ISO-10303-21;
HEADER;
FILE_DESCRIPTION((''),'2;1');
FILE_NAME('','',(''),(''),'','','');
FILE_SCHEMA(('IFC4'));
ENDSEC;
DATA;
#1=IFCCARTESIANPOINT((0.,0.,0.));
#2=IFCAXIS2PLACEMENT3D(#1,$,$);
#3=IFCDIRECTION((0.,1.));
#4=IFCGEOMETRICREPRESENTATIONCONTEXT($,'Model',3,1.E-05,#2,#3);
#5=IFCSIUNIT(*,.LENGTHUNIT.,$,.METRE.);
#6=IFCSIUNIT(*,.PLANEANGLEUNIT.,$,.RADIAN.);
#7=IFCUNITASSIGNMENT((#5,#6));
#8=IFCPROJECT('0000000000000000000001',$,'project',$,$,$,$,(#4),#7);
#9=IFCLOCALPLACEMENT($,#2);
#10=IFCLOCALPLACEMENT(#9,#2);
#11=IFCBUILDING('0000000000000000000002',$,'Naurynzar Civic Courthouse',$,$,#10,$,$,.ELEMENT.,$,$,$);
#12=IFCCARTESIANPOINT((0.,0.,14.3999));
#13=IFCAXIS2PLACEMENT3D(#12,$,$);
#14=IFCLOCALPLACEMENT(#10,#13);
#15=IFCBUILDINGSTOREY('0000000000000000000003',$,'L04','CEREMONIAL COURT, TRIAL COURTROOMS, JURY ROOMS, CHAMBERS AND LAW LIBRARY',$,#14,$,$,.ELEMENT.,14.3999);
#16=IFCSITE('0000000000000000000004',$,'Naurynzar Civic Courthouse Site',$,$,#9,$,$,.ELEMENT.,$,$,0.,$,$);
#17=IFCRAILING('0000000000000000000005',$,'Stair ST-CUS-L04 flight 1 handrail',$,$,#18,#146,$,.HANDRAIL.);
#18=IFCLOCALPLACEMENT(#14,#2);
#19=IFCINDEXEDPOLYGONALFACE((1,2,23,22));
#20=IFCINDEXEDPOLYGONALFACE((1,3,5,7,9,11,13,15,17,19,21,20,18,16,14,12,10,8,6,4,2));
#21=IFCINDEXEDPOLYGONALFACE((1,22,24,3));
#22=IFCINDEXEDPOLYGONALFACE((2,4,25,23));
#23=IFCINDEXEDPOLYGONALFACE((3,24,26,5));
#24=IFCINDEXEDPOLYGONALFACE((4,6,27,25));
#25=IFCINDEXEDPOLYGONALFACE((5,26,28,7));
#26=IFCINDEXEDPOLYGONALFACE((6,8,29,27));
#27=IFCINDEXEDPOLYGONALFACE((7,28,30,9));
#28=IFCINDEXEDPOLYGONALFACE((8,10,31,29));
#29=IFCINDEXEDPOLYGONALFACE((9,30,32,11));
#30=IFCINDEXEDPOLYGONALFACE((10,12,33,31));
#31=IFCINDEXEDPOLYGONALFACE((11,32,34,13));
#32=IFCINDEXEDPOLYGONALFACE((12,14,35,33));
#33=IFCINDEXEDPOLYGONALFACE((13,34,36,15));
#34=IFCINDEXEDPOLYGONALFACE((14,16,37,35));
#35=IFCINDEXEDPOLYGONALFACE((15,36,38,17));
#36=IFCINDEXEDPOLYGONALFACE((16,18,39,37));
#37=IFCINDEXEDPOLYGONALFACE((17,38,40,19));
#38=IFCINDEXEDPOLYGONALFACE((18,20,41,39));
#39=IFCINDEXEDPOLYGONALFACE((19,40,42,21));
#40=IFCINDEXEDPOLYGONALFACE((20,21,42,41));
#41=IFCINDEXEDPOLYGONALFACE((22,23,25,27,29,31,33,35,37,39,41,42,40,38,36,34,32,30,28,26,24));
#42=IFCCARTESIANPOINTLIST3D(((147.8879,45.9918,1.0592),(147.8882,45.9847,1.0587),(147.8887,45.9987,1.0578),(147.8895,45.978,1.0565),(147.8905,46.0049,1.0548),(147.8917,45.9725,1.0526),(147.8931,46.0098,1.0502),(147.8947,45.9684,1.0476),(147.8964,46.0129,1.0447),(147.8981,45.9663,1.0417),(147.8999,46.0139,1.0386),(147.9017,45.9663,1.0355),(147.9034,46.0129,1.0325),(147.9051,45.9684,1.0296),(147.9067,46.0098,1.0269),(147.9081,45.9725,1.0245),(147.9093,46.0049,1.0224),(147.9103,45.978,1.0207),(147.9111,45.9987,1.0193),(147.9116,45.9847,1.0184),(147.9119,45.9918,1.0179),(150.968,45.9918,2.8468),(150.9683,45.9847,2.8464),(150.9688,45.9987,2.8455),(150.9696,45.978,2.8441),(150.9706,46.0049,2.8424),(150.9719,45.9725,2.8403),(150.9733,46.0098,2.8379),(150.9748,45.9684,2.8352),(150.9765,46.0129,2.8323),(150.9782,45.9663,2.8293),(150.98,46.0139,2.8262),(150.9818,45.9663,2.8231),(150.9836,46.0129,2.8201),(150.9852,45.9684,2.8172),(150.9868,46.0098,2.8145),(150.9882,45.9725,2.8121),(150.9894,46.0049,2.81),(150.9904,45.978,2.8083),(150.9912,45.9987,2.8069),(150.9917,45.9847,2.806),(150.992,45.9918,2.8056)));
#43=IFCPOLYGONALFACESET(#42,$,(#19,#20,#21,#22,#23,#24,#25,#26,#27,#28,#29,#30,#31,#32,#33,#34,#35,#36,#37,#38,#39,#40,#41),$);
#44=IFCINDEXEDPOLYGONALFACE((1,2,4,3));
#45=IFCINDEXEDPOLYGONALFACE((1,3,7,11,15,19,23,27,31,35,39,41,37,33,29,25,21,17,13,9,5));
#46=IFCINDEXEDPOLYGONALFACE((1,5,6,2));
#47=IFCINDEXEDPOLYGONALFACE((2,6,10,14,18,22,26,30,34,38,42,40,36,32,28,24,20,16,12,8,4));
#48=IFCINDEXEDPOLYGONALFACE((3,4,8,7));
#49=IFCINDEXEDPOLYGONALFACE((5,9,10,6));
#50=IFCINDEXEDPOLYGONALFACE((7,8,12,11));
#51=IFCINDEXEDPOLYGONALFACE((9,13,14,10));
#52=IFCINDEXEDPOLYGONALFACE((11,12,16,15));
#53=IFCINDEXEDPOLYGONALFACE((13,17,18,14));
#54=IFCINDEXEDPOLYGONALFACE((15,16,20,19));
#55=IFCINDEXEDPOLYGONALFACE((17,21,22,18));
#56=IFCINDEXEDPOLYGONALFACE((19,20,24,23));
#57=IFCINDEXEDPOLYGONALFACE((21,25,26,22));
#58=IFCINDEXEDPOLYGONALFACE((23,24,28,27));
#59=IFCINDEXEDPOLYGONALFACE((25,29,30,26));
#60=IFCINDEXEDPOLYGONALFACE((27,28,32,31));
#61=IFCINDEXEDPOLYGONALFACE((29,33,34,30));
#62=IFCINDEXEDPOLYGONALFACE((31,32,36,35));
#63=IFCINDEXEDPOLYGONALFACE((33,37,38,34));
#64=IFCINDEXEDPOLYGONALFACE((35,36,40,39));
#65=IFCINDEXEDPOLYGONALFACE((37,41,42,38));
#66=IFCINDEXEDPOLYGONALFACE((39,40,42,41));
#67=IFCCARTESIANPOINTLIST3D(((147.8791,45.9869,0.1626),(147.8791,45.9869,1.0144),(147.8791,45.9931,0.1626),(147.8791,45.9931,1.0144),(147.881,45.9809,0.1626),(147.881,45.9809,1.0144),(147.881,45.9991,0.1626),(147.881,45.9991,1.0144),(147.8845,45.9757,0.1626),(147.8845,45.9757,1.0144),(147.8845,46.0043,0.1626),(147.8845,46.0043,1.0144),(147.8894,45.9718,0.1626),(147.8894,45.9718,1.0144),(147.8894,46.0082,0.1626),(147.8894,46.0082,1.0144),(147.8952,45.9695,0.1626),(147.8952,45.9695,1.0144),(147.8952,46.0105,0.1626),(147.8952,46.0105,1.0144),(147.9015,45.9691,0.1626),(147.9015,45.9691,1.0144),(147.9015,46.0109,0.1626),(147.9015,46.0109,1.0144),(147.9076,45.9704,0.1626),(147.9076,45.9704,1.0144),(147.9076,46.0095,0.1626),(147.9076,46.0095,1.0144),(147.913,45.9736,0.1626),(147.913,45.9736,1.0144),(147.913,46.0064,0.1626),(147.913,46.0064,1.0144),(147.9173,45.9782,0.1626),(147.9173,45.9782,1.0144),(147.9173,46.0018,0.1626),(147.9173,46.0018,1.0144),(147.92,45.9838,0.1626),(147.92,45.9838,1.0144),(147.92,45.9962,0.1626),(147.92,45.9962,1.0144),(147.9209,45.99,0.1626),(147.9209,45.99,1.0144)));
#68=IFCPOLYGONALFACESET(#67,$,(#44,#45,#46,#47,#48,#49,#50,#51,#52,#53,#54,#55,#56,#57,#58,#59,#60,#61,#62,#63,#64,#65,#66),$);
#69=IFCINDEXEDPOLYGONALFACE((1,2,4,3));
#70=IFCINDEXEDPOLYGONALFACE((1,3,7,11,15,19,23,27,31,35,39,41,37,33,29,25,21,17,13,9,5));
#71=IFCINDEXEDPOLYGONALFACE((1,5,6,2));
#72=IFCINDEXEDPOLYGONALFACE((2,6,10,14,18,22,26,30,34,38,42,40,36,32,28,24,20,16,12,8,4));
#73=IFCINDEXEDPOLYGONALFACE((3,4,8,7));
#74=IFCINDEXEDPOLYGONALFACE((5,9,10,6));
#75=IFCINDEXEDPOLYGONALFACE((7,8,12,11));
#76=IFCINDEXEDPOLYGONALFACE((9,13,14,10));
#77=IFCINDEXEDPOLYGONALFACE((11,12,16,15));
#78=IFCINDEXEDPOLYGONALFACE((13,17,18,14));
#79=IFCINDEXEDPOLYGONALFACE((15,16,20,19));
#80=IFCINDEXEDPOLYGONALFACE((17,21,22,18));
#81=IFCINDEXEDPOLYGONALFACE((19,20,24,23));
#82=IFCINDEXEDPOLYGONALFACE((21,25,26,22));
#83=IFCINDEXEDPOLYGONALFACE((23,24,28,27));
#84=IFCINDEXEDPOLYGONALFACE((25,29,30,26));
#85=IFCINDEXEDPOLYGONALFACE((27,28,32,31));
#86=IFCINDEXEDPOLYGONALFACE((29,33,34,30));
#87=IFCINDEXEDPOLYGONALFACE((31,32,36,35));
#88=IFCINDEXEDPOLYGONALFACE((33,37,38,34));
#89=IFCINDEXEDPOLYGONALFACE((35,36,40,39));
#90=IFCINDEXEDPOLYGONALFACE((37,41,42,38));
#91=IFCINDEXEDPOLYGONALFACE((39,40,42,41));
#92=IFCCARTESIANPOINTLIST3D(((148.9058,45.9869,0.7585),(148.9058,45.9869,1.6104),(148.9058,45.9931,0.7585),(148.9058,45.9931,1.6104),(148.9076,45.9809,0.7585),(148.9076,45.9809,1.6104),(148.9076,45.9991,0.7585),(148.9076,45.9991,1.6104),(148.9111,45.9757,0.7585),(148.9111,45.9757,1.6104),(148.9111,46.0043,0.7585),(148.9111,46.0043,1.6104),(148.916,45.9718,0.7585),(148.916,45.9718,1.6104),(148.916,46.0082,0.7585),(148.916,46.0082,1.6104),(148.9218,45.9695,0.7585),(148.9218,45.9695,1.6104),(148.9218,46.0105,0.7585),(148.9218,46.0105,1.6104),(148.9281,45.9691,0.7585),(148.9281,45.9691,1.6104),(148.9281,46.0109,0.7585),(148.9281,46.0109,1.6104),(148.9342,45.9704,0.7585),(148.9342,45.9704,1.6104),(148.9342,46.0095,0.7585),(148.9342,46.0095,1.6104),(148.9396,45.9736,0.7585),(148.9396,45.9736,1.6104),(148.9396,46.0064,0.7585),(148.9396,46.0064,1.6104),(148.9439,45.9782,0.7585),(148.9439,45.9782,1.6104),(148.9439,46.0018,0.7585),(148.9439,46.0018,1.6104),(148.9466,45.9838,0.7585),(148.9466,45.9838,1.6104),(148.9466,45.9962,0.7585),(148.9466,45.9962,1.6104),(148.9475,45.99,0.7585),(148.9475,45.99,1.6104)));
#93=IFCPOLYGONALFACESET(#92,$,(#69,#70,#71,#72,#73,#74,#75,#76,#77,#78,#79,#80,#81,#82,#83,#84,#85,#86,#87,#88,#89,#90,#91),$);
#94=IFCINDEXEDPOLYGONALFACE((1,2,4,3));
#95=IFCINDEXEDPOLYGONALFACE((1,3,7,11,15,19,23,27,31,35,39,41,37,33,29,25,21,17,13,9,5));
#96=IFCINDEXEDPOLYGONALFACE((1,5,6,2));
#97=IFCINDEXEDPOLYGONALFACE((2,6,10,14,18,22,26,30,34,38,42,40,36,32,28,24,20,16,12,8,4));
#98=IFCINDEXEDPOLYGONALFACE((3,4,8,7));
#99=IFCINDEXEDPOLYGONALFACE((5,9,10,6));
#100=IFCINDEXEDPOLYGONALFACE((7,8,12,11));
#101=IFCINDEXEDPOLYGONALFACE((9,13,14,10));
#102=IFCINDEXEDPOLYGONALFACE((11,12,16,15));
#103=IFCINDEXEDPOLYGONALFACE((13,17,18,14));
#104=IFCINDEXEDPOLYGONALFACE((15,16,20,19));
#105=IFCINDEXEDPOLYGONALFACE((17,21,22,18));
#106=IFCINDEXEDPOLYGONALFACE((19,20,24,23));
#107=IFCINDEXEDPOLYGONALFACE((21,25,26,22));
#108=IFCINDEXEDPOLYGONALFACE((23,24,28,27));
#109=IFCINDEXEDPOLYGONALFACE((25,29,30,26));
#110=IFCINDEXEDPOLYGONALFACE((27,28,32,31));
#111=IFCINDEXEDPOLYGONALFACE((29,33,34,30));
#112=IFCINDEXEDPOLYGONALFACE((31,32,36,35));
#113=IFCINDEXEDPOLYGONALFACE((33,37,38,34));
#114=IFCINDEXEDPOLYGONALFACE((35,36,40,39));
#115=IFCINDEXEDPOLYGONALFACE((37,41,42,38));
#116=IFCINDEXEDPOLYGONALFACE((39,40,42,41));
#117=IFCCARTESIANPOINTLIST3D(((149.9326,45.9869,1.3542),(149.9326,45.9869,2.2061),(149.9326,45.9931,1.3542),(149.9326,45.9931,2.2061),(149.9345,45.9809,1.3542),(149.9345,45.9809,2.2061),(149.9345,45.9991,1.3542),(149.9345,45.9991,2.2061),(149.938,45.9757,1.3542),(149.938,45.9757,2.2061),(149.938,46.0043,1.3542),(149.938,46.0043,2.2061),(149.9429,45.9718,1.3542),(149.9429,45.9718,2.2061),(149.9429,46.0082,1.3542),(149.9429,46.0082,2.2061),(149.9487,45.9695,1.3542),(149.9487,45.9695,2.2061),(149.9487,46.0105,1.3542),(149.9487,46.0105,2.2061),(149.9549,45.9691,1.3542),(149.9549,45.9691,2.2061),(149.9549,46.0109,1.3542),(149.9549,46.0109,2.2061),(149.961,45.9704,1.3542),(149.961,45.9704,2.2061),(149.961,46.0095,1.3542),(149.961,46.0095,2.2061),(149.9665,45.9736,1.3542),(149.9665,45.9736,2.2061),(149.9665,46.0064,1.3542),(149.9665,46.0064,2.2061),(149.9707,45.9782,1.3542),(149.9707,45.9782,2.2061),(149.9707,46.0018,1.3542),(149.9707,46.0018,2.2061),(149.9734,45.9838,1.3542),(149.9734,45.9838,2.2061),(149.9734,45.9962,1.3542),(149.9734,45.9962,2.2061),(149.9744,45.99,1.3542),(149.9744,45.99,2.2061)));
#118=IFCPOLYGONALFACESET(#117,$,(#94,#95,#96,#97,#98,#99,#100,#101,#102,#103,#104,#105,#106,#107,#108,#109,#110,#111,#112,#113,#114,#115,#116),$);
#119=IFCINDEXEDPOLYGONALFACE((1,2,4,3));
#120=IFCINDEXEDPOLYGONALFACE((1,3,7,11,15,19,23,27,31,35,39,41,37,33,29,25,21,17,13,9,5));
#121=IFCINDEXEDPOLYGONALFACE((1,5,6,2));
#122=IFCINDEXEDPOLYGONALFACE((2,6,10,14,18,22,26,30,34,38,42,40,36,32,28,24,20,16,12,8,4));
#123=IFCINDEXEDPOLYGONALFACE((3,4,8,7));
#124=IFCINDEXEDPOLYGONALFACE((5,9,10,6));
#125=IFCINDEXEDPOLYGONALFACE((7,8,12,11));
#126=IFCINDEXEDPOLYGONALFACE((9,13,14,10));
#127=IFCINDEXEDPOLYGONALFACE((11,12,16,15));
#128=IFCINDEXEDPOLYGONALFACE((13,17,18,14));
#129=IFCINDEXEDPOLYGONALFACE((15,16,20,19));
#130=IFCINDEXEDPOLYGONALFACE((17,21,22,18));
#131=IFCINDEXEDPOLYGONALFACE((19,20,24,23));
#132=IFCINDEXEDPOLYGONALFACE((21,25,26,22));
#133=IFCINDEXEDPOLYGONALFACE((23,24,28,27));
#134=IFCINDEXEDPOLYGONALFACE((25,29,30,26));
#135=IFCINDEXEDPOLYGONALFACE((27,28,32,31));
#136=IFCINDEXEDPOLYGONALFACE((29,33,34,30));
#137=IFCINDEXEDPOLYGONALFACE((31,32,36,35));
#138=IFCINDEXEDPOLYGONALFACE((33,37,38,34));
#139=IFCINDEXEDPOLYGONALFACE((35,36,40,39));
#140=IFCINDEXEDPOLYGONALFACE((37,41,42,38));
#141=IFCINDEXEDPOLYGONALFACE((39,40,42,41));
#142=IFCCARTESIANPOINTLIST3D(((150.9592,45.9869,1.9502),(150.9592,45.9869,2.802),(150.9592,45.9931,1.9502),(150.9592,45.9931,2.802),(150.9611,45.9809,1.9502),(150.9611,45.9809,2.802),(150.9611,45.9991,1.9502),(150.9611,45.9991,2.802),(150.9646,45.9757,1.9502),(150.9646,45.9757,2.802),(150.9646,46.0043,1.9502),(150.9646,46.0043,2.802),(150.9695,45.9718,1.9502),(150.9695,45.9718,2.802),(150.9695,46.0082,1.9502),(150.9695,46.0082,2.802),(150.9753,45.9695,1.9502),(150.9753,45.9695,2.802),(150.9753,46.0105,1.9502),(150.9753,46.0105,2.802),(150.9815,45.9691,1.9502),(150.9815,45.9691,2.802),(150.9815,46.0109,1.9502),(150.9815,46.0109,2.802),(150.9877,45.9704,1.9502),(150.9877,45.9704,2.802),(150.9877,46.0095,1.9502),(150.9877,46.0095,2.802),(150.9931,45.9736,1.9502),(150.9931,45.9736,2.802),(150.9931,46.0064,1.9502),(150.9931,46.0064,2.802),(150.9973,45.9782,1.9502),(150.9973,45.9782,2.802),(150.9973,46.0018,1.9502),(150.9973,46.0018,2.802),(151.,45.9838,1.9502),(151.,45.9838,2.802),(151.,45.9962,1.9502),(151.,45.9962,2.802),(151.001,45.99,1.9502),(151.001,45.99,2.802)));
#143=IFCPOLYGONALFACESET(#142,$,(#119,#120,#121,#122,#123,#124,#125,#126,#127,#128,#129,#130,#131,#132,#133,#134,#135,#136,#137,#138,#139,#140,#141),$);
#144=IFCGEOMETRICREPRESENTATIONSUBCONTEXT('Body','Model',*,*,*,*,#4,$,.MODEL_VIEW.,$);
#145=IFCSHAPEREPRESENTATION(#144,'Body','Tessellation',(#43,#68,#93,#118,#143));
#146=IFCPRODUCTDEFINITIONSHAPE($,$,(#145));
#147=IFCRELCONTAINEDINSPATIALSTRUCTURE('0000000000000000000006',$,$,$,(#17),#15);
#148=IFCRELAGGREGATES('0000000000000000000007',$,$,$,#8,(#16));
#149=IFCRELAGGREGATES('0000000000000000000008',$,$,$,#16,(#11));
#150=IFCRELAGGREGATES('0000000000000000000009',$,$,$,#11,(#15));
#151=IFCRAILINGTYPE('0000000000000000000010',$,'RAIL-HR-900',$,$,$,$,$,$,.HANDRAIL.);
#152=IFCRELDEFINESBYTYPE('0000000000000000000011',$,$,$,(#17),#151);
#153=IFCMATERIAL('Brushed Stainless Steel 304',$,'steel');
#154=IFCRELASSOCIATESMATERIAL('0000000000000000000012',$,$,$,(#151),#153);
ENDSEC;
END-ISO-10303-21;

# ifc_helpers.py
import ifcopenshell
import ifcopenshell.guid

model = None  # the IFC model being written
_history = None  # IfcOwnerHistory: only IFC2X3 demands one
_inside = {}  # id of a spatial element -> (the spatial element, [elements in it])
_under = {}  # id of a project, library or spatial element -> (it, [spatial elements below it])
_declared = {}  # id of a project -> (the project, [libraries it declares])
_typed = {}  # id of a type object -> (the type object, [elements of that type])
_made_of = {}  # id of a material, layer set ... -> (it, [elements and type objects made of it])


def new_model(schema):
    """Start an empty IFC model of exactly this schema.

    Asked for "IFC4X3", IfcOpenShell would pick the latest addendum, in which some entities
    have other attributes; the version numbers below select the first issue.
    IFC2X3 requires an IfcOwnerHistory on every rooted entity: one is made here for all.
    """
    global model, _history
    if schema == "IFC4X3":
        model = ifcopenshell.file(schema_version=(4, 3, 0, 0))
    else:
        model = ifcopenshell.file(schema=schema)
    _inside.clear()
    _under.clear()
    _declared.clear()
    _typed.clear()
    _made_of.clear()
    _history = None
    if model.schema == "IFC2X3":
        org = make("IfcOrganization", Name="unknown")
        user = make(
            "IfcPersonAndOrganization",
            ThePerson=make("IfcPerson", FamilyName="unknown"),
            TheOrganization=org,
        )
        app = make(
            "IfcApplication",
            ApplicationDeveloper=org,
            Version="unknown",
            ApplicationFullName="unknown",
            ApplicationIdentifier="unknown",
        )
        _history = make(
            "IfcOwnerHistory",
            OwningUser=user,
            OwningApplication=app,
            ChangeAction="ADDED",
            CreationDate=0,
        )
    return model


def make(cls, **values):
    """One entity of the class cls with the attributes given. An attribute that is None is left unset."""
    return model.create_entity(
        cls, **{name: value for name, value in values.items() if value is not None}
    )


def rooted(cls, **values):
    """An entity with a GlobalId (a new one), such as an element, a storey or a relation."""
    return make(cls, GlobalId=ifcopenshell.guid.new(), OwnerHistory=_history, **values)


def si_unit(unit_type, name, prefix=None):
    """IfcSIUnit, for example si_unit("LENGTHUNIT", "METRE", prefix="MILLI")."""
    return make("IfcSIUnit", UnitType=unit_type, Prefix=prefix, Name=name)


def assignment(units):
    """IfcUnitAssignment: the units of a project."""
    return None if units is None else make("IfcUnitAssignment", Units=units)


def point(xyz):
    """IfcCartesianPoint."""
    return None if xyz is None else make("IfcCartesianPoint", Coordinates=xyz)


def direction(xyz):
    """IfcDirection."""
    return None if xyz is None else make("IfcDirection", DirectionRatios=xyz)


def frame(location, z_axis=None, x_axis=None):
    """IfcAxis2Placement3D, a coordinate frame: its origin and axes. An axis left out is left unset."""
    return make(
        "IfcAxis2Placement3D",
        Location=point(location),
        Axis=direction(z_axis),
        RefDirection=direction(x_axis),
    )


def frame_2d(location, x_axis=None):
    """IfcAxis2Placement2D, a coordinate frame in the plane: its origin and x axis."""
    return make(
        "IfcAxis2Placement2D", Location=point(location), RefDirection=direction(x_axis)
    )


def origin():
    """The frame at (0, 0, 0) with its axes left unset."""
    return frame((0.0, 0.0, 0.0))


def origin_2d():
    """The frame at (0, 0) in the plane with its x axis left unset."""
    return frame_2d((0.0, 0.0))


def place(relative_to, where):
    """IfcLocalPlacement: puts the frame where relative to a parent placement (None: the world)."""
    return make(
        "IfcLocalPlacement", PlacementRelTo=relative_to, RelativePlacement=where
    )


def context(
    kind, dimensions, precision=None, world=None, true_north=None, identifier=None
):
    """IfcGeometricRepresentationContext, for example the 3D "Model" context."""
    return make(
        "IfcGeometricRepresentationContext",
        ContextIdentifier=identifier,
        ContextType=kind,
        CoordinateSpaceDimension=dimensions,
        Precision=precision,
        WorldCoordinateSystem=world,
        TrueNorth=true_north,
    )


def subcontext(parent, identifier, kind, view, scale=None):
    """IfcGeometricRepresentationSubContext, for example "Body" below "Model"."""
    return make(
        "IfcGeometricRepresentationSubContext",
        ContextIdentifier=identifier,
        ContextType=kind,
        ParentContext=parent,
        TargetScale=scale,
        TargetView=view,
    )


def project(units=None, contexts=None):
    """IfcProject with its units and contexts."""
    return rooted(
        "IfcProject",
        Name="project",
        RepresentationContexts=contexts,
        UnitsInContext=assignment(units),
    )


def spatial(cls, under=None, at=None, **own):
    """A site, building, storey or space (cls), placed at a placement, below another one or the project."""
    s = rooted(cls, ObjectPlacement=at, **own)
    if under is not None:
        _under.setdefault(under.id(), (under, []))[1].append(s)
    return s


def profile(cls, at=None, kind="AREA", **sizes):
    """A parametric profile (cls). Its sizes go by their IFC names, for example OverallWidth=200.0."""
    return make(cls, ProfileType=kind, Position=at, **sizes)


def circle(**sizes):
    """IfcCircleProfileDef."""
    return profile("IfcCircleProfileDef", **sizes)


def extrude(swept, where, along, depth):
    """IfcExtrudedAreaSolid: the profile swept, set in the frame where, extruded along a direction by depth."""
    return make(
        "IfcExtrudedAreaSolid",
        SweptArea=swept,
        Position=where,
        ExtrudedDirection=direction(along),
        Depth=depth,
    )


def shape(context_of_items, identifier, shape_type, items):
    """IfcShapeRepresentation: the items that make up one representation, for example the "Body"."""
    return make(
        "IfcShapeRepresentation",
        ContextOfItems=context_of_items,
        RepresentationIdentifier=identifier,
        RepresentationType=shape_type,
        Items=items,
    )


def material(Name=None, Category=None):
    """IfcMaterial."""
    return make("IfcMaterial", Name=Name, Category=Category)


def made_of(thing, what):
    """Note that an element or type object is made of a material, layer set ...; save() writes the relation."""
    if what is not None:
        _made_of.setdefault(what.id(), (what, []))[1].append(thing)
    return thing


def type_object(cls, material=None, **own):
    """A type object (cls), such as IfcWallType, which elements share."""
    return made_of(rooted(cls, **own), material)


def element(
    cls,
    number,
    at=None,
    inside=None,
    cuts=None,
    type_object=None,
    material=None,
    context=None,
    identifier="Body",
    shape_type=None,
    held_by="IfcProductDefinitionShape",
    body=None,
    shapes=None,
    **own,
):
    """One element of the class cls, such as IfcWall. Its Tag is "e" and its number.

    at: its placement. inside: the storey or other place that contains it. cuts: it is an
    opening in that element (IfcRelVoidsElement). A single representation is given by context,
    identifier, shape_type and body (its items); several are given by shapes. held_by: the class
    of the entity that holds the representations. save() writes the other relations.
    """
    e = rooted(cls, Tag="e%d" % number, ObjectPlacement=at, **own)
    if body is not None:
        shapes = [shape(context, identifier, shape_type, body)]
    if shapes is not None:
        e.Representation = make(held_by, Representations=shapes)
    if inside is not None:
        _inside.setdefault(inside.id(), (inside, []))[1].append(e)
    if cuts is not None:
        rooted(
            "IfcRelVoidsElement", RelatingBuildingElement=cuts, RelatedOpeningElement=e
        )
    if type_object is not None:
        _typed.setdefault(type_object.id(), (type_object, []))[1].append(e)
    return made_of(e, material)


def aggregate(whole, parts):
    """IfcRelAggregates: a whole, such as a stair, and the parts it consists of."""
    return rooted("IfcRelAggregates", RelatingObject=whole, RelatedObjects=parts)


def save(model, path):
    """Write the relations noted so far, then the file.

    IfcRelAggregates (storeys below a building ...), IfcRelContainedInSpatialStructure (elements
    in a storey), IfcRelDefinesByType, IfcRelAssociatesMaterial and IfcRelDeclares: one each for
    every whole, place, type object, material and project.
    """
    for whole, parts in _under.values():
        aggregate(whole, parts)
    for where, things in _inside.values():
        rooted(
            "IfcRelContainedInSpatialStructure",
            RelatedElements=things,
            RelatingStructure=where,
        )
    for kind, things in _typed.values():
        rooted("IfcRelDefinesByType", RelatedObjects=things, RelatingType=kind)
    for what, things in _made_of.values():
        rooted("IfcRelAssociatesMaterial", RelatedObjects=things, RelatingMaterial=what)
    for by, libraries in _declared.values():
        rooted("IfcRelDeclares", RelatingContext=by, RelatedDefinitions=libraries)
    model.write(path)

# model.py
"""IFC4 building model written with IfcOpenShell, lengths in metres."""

from ifc_helpers import new_model, si_unit, direction, frame, origin, origin_2d, place, context, subcontext, project, spatial, circle, extrude, material, type_object, element, save


model = new_model("IFC4")

# Units and contexts
model_context = context("Model", 3, precision=1e-05, world=origin(), true_north=direction((0.0, 1.0)))
body_context = subcontext(model_context, "Body", "Model", "MODEL_VIEW")
ifc_project = project(units=[si_unit("LENGTHUNIT", "METRE"), si_unit("PLANEANGLEUNIT", "RADIAN")], contexts=[model_context])

# Site, building, storey
site_placement = place(None, origin())
site = spatial("IfcSite", under=ifc_project, at=site_placement, Name="Naurynzar Civic Courthouse Site", CompositionType="ELEMENT", RefElevation=0.0)
building_placement = place(site_placement, origin())
building = spatial("IfcBuilding", under=site, at=building_placement, Name="Naurynzar Civic Courthouse", CompositionType="ELEMENT")
storey_placement = place(building_placement, frame((0.0, 0.0, 14.3999)))
storey = spatial("IfcBuildingStorey", under=building, at=storey_placement, Name="L04", Description="CEREMONIAL COURT, TRIAL COURTROOMS, JURY ROOMS, CHAMBERS AND LAW LIBRARY", CompositionType="ELEMENT", Elevation=14.3999)

# Railing
ifc_material_1 = material(Name="Brushed Stainless Steel 304", Category="steel")
railing_type_1 = type_object("IfcRailingType", Name="RAIL-HR-900", PredefinedType="HANDRAIL", material=ifc_material_1)
railing_1_placement = place(storey_placement, frame((147.8999, 45.99, 0.1626)))
element("IfcRailing", 1, at=railing_1_placement, inside=storey, type_object=railing_type_1, Name="Stair ST-CUS-L04 flight 1 handrail", PredefinedType="HANDRAIL", context=body_context, shape_type="SweptSolid", body=[
    extrude(circle(Radius=0.0239, at=origin_2d()), frame((0.0, 0.0, 0.876), z_axis=(0.864891, 0.0, 0.50196), x_axis=(0.0, 1.0, 0.0)), (0.0, 0.0, 1.0), 3.5613),
    extrude(circle(Radius=0.021, at=origin_2d()), origin(), (0.0, 0.0, 1.0), 0.8518),
    extrude(circle(Radius=0.021, at=origin_2d()), frame((1.0266, 0.0, 0.5959)), (0.0, 0.0, 1.0), 0.8518),
    extrude(circle(Radius=0.021, at=origin_2d()), frame((2.0535, 0.0, 1.1917)), (0.0, 0.0, 1.0), 0.8518),
    extrude(circle(Radius=0.021, at=origin_2d()), frame((3.0801, 0.0, 1.7876)), (0.0, 0.0, 1.0), 0.8518),
])

save(model, "model.ifc")
